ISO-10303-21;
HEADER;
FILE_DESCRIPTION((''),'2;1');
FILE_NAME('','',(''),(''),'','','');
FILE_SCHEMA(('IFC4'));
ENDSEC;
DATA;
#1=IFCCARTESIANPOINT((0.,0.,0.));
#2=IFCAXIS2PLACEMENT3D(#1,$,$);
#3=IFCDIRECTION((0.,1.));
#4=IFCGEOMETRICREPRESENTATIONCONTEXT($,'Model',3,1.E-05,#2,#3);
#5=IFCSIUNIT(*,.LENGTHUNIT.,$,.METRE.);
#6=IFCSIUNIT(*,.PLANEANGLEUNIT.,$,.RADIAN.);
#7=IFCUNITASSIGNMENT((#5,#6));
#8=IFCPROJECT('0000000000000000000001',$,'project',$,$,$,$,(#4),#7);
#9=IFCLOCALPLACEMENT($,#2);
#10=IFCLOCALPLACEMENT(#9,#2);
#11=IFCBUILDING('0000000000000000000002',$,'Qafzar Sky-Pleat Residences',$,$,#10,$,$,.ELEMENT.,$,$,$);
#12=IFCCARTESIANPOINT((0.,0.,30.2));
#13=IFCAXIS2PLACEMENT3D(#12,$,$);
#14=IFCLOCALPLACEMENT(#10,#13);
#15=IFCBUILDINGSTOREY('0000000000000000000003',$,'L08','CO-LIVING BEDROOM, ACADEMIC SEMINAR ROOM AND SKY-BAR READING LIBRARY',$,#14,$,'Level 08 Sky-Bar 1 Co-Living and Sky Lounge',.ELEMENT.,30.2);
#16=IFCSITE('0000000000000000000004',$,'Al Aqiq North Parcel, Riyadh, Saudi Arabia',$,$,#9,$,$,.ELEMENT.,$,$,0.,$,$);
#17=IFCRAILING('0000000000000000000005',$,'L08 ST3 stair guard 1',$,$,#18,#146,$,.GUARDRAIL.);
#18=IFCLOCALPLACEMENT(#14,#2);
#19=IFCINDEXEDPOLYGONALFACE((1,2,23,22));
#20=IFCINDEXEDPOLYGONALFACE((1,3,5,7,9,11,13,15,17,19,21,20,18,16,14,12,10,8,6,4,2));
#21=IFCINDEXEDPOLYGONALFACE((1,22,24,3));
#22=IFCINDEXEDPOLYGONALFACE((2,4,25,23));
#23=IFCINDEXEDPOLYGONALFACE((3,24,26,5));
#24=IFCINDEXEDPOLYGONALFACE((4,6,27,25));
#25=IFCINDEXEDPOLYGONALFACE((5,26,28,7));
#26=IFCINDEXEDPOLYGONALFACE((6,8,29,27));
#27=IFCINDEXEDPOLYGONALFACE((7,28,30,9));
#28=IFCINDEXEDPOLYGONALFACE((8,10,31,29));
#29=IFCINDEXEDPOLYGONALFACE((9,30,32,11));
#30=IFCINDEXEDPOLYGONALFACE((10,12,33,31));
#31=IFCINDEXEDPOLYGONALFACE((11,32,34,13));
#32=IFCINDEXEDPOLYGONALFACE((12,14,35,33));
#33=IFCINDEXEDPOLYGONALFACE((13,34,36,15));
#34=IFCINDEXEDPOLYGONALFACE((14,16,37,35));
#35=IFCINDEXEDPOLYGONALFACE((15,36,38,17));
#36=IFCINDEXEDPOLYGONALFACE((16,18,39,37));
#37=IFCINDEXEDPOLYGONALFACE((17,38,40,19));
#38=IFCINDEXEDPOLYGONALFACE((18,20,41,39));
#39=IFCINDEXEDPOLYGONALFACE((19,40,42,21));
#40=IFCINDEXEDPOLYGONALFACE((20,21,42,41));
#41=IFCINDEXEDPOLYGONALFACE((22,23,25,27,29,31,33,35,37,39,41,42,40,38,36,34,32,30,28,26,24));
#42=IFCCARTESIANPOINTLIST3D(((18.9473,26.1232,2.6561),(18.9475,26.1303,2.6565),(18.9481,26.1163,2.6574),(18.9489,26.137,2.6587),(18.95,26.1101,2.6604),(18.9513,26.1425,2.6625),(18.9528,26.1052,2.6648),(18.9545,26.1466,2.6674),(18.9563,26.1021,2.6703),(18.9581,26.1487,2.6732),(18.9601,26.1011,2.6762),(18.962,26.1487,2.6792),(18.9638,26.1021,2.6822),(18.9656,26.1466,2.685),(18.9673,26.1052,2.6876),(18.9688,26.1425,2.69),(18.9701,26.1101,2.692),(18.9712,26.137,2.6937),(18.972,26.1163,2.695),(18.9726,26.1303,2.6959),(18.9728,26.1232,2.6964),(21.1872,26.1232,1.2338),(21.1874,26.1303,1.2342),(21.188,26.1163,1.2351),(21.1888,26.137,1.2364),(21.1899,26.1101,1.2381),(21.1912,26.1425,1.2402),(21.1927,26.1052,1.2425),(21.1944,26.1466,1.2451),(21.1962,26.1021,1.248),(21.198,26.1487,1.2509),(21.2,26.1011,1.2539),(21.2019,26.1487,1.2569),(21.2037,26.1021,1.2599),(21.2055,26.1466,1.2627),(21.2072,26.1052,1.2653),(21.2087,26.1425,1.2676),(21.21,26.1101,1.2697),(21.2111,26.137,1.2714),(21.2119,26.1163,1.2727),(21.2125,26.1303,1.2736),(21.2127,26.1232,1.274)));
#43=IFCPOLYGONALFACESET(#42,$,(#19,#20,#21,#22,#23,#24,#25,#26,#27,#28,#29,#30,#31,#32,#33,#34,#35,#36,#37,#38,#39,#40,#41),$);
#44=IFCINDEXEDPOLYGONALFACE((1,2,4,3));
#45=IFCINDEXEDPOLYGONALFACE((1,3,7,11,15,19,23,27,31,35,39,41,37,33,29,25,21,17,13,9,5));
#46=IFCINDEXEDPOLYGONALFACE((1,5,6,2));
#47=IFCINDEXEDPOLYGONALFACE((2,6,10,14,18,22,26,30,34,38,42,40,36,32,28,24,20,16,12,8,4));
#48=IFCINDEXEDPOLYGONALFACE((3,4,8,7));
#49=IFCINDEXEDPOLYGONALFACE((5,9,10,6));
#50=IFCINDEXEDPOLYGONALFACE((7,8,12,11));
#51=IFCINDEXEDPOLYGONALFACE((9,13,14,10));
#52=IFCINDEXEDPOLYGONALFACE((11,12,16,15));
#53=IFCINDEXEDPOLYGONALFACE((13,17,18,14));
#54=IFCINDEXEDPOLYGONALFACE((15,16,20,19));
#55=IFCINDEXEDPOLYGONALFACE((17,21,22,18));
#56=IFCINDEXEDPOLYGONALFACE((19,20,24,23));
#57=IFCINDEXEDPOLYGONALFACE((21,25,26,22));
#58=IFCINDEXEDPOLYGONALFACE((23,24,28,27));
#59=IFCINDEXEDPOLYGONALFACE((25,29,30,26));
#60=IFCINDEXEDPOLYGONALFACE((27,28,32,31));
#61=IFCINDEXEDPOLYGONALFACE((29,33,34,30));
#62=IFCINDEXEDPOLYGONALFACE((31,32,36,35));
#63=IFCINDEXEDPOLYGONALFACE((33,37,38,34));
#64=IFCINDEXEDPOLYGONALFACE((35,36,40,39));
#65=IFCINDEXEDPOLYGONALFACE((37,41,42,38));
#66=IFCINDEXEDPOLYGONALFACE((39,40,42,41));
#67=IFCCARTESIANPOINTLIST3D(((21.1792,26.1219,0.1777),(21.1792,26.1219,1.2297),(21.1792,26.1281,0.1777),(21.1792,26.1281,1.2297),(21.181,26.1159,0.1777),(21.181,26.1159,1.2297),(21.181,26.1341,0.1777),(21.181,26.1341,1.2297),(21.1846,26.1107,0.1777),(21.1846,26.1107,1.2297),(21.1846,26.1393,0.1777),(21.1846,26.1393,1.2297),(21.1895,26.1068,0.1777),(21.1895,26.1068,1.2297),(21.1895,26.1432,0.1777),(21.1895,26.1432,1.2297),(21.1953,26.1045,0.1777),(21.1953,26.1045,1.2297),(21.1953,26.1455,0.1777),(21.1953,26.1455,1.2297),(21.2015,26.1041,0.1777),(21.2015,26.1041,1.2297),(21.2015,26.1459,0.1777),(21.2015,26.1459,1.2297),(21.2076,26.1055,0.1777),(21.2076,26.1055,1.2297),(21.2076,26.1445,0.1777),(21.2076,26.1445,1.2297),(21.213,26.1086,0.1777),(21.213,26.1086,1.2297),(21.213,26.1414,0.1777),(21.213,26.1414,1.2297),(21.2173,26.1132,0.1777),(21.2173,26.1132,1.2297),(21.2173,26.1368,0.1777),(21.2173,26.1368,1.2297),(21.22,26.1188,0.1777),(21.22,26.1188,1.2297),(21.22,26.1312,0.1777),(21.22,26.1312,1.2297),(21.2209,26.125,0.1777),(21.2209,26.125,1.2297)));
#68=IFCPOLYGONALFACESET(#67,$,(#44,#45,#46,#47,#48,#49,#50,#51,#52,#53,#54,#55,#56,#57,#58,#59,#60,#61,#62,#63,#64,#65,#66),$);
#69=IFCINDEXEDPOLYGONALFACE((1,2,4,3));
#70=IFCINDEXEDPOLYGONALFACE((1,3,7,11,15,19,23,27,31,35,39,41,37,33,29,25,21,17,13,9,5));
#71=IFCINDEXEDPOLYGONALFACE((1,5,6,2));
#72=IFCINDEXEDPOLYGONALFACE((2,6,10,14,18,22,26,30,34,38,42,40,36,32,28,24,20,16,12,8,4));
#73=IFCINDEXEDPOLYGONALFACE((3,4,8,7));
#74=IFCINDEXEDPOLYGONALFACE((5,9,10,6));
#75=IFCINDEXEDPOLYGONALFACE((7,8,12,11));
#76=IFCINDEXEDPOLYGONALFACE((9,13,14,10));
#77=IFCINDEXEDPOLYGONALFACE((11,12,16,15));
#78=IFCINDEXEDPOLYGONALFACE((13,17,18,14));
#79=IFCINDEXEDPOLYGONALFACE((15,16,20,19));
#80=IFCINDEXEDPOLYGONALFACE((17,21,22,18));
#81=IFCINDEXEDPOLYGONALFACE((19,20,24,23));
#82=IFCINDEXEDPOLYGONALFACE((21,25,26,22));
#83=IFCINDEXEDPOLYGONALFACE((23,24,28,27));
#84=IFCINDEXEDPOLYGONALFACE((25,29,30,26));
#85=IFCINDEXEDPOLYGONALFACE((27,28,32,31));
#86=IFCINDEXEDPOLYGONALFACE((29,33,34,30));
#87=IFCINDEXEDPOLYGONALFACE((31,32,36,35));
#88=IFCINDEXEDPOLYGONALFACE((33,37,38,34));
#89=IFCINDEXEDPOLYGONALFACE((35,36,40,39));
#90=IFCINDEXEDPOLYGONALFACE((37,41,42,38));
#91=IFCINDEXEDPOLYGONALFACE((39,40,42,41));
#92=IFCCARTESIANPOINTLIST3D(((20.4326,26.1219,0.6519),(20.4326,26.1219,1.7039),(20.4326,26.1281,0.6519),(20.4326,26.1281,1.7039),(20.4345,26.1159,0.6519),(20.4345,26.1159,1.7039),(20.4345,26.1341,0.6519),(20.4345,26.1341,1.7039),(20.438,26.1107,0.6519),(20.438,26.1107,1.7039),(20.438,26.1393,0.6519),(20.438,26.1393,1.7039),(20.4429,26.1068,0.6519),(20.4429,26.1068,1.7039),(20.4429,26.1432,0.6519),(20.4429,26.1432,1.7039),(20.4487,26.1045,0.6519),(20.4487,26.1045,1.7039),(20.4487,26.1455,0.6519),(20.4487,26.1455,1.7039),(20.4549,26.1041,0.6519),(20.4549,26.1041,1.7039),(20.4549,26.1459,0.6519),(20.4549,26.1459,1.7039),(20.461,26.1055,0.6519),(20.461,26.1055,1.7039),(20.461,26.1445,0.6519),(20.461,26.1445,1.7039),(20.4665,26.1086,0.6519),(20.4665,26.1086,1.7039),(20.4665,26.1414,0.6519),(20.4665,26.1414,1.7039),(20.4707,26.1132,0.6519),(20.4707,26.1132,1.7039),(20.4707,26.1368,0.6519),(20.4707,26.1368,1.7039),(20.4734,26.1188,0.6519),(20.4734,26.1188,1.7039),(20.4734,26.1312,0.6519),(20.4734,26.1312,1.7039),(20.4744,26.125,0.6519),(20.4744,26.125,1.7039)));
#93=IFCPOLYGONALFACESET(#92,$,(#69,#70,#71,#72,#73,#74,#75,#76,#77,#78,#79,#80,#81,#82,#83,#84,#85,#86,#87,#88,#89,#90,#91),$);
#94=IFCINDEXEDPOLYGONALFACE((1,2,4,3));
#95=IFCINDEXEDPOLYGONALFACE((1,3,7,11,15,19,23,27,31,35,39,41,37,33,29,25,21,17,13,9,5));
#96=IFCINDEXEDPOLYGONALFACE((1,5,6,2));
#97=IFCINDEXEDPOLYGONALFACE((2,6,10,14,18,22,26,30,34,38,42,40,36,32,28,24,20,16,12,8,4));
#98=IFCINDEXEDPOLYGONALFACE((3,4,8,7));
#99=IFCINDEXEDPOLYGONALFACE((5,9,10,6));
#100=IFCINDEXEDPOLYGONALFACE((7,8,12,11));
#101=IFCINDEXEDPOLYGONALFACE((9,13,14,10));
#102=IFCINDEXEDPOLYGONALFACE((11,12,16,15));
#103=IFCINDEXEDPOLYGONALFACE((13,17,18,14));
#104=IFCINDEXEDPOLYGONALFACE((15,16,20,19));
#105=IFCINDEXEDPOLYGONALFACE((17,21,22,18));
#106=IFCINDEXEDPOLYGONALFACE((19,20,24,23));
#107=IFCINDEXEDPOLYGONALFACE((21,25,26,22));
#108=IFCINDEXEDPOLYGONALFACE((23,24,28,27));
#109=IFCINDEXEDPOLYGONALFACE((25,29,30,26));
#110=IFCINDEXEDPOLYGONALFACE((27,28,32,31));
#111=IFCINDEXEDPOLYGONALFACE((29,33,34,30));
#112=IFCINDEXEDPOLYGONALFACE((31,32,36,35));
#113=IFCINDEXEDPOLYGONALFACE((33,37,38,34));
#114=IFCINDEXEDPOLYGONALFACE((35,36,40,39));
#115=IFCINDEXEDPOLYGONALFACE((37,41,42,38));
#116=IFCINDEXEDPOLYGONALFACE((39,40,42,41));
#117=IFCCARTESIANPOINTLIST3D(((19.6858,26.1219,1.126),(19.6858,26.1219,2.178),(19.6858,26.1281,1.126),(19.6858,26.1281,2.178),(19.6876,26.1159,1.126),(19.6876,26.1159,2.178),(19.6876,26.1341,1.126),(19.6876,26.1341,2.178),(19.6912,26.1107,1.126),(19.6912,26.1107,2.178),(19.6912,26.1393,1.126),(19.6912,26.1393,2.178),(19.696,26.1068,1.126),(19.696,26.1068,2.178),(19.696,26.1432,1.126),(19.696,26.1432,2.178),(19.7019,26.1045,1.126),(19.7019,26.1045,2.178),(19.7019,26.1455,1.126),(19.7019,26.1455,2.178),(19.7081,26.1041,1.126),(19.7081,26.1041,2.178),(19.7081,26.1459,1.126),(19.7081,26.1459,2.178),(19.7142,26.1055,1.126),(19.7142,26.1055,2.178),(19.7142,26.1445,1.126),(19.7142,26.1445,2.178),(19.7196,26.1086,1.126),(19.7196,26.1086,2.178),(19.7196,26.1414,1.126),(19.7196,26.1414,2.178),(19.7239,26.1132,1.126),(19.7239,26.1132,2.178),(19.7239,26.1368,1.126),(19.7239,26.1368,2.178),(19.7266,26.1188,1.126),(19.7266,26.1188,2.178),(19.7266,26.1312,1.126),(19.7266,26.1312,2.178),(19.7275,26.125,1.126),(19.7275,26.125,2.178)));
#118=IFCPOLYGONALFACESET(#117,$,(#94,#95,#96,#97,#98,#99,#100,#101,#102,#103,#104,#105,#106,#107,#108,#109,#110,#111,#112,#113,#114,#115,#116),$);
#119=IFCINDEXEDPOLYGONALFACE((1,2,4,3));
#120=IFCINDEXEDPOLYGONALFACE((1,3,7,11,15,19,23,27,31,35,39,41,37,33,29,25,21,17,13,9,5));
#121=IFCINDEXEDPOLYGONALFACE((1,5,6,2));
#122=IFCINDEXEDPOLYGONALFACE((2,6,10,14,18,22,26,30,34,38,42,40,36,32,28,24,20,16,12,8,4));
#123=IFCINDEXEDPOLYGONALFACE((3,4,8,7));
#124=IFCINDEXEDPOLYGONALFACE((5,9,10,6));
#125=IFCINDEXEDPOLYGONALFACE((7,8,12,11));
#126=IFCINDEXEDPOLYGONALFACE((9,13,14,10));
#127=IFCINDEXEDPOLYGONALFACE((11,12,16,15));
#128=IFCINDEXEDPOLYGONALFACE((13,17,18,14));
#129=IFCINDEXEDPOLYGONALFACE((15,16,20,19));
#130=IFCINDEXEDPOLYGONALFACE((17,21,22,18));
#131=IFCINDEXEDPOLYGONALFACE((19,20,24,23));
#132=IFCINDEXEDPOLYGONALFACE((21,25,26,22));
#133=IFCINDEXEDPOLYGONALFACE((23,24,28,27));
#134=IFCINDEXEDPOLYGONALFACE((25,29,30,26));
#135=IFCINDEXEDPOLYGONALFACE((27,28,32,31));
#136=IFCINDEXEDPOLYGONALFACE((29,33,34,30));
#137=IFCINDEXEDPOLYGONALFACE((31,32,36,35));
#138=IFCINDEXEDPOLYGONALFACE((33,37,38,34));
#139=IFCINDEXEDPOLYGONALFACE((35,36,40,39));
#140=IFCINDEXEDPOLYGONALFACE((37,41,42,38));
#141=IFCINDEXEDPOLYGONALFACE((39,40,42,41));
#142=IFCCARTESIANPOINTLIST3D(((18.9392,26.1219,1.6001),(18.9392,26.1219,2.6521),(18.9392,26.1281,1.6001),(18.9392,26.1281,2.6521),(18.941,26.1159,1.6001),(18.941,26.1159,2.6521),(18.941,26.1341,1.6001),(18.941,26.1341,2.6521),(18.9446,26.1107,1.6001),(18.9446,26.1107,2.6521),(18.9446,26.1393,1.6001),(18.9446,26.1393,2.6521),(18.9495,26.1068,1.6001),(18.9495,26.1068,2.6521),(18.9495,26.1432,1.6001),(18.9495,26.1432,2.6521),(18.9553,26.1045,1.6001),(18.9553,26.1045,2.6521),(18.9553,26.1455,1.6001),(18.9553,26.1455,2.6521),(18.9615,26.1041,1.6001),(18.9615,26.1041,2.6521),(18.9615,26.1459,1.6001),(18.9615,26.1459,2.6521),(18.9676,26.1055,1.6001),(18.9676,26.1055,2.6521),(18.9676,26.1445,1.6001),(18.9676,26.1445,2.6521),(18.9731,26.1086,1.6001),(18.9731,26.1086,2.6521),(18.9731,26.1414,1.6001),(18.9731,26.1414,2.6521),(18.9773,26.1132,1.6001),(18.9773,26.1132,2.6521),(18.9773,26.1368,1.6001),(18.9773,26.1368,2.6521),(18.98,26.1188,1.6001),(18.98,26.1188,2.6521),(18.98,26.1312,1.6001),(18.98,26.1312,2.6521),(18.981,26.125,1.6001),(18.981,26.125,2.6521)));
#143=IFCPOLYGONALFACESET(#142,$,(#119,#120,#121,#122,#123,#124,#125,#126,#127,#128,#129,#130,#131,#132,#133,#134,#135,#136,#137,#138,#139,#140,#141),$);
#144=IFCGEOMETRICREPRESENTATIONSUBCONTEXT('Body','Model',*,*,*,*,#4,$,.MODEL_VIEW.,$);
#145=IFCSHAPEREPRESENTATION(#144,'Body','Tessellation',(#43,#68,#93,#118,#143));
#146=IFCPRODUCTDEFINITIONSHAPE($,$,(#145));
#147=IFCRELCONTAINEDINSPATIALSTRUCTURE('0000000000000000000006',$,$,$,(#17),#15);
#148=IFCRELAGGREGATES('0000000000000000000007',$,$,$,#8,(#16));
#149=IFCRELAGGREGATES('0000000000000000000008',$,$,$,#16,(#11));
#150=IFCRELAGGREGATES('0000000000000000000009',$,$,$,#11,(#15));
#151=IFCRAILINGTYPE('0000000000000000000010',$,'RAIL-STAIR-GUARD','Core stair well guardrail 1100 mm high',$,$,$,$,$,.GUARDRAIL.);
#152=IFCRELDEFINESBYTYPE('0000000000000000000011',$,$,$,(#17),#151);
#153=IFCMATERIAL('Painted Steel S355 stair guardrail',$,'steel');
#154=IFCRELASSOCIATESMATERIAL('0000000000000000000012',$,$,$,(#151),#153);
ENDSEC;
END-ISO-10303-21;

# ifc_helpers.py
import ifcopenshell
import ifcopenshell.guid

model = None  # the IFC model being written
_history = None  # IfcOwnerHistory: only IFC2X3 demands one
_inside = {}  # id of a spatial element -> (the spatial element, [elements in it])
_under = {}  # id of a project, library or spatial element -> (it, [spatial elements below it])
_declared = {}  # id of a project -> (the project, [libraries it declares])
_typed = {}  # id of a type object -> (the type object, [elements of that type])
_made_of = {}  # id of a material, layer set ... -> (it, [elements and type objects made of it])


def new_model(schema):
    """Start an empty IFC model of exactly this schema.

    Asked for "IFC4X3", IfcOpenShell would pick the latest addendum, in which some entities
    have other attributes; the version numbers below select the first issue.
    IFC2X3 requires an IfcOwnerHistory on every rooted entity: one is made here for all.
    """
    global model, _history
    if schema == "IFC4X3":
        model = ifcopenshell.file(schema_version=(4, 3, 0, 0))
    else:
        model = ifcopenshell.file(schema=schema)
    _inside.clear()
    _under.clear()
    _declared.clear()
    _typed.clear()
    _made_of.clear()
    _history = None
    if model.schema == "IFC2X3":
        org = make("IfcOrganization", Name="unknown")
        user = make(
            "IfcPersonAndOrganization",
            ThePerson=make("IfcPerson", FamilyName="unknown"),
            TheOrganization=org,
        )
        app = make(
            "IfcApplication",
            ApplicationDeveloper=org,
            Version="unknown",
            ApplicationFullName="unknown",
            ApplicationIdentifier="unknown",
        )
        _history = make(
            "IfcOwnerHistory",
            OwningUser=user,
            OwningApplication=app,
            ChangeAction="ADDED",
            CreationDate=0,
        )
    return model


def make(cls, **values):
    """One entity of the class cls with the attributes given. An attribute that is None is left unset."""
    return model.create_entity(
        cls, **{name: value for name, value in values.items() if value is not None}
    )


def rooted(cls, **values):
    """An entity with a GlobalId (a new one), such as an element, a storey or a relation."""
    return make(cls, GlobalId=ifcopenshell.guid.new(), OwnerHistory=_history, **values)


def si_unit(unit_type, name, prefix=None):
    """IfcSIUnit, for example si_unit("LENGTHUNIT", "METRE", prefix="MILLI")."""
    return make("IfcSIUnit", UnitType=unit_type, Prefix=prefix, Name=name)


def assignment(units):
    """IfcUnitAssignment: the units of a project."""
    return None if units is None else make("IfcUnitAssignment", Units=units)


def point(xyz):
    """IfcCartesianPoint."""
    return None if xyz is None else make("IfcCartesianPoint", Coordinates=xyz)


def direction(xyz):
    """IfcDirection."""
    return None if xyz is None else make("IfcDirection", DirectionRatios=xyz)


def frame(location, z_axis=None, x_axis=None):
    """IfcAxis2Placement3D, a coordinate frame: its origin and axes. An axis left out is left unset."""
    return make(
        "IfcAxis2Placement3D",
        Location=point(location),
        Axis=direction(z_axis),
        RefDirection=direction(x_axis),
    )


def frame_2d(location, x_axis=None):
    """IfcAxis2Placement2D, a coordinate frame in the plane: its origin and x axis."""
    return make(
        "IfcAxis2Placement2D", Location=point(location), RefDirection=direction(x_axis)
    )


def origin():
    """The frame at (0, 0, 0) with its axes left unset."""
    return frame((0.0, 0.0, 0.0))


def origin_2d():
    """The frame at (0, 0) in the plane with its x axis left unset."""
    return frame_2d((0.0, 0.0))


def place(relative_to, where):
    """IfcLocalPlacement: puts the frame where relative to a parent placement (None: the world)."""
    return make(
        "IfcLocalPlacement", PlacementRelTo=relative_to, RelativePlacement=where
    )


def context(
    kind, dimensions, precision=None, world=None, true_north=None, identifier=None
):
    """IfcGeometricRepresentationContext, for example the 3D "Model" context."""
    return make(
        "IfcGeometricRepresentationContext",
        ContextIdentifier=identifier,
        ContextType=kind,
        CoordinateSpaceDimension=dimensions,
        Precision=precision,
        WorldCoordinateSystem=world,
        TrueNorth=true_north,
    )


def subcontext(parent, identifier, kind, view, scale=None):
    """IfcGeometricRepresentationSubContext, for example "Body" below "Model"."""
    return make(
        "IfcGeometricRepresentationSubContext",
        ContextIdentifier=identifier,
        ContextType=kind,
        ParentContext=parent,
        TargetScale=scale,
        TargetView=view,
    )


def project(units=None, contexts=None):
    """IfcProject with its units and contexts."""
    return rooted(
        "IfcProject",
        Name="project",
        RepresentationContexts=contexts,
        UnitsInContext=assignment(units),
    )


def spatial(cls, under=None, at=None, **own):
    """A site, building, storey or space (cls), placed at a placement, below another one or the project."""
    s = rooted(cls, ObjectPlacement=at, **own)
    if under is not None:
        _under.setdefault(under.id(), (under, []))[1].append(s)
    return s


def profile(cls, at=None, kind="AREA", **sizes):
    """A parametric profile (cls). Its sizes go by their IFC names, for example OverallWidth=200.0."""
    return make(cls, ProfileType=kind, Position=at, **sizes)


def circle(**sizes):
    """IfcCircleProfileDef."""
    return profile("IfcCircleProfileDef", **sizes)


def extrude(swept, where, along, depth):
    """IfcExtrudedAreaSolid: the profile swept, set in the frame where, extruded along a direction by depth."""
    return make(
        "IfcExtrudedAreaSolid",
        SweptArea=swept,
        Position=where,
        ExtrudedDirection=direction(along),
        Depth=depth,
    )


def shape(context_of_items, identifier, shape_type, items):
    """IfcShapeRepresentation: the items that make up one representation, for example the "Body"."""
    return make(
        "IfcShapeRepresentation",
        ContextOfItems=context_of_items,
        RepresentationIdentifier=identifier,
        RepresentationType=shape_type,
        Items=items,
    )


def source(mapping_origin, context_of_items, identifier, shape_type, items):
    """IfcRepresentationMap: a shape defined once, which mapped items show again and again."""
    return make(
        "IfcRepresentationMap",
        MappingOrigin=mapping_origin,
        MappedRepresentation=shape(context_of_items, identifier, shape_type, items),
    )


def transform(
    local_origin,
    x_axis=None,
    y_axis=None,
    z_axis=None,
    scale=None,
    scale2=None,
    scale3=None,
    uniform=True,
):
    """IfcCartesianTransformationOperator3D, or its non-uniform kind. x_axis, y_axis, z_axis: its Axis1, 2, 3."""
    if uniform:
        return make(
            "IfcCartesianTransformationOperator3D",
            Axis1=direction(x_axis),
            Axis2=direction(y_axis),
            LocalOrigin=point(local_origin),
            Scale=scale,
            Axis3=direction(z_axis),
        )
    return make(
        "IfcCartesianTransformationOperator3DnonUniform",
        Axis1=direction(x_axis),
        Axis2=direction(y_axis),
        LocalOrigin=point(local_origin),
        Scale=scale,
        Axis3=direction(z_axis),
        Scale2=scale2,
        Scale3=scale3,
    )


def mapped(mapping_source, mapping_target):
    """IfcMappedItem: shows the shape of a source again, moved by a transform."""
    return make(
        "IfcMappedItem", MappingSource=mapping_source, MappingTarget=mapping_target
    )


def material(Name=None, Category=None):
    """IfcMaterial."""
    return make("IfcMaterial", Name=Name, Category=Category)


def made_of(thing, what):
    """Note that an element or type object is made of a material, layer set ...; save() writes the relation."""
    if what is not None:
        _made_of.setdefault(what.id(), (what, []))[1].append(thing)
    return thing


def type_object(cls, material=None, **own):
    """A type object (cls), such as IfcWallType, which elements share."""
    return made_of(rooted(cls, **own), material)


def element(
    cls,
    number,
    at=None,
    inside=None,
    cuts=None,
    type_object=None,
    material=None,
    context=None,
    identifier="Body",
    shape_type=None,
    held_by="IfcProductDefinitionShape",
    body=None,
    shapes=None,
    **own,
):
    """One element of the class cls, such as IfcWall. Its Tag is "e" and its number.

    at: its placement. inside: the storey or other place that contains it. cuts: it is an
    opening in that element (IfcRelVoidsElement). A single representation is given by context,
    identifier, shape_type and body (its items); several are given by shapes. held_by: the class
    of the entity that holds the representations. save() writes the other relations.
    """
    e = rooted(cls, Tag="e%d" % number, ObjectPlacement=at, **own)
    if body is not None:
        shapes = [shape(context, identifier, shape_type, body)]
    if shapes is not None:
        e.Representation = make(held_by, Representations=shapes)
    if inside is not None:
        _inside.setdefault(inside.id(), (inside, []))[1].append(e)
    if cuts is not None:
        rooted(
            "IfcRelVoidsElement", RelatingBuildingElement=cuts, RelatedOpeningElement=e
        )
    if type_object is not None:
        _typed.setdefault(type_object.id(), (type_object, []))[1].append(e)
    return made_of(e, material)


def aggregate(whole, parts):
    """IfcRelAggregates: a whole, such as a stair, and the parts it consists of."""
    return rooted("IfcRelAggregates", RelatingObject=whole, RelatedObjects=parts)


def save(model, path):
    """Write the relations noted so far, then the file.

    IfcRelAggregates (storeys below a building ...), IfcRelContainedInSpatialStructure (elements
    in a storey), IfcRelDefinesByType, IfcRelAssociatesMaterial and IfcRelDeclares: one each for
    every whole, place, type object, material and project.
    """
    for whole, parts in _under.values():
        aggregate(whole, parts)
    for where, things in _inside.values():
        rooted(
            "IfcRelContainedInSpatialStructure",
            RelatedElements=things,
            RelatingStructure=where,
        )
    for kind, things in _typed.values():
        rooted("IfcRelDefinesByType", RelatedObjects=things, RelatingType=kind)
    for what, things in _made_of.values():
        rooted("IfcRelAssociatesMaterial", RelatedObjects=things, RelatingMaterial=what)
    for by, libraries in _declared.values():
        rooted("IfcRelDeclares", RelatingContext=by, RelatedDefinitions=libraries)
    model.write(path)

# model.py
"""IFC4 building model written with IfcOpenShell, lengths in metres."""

from ifc_helpers import new_model, si_unit, direction, frame, origin, origin_2d, place, context, subcontext, project, spatial, circle, extrude, source, transform, mapped, material, type_object, element, save


model = new_model("IFC4")

# Units and contexts
model_context = context("Model", 3, precision=1e-05, world=origin(), true_north=direction((0.0, 1.0)))
body_context = subcontext(model_context, "Body", "Model", "MODEL_VIEW")
ifc_project = project(units=[si_unit("LENGTHUNIT", "METRE"), si_unit("PLANEANGLEUNIT", "RADIAN")], contexts=[model_context])

# Site, building, storey
site_placement = place(None, origin())
site = spatial("IfcSite", under=ifc_project, at=site_placement, Name="Al Aqiq North Parcel, Riyadh, Saudi Arabia", CompositionType="ELEMENT", RefElevation=0.0)
building_placement = place(site_placement, origin())
building = spatial("IfcBuilding", under=site, at=building_placement, Name="Qafzar Sky-Pleat Residences", CompositionType="ELEMENT")
storey_placement = place(building_placement, frame((0.0, 0.0, 30.2)))
storey = spatial("IfcBuildingStorey", under=building, at=storey_placement, Name="L08", Description="CO-LIVING BEDROOM, ACADEMIC SEMINAR ROOM AND SKY-BAR READING LIBRARY", LongName="Level 08 Sky-Bar 1 Co-Living and Sky Lounge", CompositionType="ELEMENT", Elevation=30.2)

# Railing
ifc_material_1 = material(Name="Painted Steel S355 stair guardrail", Category="steel")
railing_type = type_object("IfcRailingType", Name="RAIL-STAIR-GUARD", Description="Core stair well guardrail 1100 mm high", PredefinedType="GUARDRAIL", material=ifc_material_1)
shared_shape_1 = source(origin(), body_context, "Body", "SweptSolid", [
    extrude(circle(Radius=0.0239, at=origin_2d()), frame((0.0, 0.0, 1.0762), z_axis=(-0.844188, 0.0, 0.536048), x_axis=(0.0, -1.0, 0.0)), (0.0, 0.0, 1.0), 2.6533),
    extrude(circle(Radius=0.021, at=origin_2d()), origin(), (0.0, 0.0, 1.0), 1.052),
    extrude(circle(Radius=0.021, at=origin_2d()), frame((-0.7466, 0.0, 0.4741)), (0.0, 0.0, 1.0), 1.052),
    extrude(circle(Radius=0.021, at=origin_2d()), frame((-1.4934, 0.0, 0.9482)), (0.0, 0.0, 1.0), 1.052),
    extrude(circle(Radius=0.021, at=origin_2d()), frame((-2.24, 0.0, 1.4224)), (0.0, 0.0, 1.0), 1.052),
])
railing_1_placement = place(storey_placement, frame((21.2, 26.125, 0.1777)))
element("IfcRailing", 1, at=railing_1_placement, inside=storey, type_object=railing_type, Name="L08 ST3 stair guard 1", PredefinedType="GUARDRAIL", context=body_context, shape_type="MappedRepresentation", body=[
    mapped(shared_shape_1, transform((0.0, 0.0, 0.0), x_axis=(1.0, 0.0, 0.0), y_axis=(0.0, 1.0, 0.0), z_axis=(0.0, 0.0, 1.0), scale=1.0)),
])

save(model, "model.ifc")
